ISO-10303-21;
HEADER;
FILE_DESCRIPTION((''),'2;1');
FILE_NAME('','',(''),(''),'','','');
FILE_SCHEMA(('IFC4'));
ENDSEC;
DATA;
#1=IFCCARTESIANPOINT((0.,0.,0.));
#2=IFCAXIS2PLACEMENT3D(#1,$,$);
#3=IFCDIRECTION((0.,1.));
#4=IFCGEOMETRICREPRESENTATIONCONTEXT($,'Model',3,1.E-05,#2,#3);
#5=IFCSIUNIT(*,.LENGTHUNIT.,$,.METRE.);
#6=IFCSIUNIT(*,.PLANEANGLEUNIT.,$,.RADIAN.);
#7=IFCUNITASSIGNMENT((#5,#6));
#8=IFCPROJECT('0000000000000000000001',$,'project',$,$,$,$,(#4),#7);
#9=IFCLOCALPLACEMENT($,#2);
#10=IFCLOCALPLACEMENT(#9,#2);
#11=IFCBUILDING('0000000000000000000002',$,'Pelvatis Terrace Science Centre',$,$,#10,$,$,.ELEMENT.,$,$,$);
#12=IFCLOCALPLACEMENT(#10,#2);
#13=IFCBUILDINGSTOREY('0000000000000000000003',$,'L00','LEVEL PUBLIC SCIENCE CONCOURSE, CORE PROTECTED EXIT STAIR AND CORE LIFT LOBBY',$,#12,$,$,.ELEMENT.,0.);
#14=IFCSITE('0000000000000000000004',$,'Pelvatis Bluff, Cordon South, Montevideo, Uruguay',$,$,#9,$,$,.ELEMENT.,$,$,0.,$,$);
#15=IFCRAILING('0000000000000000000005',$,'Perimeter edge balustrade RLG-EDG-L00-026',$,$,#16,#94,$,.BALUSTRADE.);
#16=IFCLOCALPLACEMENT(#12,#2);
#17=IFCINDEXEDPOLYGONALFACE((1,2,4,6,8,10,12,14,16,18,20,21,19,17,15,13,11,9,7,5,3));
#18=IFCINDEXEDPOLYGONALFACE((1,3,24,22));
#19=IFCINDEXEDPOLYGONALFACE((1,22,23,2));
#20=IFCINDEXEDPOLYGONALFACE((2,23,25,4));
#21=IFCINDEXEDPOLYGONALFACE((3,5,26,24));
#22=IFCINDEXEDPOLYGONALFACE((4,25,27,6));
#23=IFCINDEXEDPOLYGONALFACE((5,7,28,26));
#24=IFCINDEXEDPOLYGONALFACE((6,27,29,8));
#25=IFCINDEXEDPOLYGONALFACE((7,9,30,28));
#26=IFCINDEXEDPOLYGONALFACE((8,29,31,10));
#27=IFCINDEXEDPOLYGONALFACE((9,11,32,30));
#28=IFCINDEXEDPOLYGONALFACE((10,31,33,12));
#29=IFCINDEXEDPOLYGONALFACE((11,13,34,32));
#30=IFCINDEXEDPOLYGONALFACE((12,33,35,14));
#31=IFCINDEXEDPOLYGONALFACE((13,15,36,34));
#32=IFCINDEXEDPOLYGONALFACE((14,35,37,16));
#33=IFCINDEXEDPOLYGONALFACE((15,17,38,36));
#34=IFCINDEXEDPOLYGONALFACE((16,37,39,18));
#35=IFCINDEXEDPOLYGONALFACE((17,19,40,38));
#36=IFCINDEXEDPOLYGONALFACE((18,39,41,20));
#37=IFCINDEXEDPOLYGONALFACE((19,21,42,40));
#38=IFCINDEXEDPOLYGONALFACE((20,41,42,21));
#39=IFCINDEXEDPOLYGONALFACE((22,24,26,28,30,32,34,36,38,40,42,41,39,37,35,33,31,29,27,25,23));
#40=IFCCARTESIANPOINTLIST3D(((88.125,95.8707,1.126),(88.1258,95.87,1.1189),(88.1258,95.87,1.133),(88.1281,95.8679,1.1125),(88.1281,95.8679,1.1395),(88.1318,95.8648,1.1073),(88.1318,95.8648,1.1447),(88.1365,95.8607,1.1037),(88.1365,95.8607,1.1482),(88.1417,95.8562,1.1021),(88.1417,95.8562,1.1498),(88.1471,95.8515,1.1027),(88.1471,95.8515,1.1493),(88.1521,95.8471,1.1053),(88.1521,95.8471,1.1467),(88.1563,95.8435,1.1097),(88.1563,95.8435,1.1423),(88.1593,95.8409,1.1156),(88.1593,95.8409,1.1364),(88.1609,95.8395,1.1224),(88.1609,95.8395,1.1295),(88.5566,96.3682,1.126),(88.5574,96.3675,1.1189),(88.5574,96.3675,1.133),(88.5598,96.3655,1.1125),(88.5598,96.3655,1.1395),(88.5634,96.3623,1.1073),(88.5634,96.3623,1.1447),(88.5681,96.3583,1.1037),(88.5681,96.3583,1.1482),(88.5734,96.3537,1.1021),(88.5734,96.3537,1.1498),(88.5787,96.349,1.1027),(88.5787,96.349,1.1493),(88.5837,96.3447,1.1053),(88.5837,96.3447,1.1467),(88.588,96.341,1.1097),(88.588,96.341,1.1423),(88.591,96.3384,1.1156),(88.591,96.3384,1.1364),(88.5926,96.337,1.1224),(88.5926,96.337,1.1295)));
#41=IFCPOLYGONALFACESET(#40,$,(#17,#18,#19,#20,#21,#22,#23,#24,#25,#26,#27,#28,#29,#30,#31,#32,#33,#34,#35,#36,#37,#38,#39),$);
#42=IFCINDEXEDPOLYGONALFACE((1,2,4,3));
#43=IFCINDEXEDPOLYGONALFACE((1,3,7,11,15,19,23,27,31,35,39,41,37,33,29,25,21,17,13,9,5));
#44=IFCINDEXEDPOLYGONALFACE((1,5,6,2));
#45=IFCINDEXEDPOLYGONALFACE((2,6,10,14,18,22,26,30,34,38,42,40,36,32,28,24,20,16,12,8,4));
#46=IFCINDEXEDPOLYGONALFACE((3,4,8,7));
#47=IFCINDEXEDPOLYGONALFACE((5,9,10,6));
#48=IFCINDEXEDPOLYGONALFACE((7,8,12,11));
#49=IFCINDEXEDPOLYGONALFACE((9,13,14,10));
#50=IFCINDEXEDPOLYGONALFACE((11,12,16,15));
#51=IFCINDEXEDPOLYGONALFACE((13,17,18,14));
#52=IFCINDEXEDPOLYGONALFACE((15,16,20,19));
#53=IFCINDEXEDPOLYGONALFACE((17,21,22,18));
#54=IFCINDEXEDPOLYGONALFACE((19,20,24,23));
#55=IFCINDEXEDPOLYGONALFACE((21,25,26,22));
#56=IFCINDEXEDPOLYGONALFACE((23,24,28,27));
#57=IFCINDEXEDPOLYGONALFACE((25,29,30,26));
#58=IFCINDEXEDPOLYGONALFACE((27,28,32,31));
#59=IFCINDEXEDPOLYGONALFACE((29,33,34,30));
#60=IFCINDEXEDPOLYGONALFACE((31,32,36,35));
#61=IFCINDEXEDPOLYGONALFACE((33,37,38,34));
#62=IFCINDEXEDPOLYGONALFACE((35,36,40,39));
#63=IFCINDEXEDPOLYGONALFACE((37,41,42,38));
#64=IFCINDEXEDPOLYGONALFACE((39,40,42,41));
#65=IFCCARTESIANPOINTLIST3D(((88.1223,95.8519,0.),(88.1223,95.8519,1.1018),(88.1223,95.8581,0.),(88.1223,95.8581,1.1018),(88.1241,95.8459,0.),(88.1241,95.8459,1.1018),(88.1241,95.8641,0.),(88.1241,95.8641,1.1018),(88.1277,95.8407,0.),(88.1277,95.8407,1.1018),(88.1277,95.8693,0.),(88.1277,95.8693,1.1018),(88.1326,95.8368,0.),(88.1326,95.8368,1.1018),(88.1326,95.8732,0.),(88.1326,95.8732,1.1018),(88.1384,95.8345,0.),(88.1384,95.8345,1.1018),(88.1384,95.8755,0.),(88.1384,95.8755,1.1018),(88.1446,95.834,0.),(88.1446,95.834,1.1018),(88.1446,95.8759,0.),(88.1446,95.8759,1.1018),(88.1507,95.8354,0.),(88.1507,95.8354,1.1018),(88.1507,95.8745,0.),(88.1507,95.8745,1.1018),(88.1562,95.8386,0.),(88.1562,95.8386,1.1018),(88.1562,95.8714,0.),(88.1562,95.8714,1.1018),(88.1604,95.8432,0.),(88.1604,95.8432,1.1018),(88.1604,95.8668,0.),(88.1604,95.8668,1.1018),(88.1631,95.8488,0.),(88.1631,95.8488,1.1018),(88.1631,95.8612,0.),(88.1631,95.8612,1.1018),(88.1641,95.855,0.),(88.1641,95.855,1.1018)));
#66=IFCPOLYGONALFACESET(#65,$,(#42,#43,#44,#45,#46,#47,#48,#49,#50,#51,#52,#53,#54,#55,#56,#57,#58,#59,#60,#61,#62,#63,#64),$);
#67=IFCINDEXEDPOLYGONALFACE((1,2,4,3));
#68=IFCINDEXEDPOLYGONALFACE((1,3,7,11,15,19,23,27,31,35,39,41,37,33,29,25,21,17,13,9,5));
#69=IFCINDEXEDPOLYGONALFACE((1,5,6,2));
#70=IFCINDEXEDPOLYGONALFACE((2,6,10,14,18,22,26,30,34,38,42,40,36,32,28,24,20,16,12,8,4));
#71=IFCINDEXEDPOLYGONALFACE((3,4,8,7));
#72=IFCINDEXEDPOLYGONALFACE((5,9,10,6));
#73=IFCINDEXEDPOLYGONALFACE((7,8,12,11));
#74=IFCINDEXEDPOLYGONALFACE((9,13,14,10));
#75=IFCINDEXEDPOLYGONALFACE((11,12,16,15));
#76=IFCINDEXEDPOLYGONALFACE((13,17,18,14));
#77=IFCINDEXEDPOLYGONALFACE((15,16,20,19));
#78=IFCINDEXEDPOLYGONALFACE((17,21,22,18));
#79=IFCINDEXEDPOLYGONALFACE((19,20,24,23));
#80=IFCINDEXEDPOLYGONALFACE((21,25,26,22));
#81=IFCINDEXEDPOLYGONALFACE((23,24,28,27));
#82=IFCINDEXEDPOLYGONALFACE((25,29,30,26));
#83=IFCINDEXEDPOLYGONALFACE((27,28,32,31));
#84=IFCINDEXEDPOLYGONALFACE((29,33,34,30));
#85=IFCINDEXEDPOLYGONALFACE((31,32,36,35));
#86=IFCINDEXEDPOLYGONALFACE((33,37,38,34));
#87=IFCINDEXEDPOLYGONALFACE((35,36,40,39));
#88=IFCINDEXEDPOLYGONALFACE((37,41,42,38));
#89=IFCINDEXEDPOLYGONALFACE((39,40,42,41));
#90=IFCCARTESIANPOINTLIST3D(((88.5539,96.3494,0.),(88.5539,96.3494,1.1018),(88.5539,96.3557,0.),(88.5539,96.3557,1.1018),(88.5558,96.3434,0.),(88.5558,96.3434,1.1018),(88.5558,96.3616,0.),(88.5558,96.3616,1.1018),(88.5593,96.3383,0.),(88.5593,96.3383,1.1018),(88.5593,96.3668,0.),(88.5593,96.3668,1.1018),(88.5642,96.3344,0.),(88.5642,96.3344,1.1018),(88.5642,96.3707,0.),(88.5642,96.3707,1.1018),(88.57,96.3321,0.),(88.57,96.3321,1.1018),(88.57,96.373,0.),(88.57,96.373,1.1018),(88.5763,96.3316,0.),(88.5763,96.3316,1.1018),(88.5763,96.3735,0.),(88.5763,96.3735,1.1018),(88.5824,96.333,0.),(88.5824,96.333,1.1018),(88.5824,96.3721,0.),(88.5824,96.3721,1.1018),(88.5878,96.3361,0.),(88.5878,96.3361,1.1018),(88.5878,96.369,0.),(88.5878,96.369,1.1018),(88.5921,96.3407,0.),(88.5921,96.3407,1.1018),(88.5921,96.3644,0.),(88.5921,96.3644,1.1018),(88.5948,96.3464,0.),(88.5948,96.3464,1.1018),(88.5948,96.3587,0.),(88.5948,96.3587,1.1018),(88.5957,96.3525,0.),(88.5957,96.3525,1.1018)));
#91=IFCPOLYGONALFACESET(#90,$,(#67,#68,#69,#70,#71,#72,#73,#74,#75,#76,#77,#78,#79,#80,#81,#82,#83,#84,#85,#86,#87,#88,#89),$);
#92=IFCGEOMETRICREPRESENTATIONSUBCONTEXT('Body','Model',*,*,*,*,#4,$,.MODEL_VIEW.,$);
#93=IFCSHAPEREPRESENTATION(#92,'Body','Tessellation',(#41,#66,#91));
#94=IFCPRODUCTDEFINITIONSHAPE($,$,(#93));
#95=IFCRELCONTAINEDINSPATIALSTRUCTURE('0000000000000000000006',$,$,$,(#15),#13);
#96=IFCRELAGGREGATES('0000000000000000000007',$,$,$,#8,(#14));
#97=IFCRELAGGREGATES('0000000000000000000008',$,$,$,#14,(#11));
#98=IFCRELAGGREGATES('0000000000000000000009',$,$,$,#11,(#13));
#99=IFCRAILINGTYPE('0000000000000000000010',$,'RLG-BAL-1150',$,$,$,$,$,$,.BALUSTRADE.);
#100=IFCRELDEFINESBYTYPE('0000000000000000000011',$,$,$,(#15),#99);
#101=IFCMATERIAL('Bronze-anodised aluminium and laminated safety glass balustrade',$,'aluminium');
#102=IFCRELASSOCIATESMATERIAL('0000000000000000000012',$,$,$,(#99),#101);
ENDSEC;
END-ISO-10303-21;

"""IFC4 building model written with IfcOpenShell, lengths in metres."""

from ifc_helpers import new_model, si_unit, direction, frame, origin, origin_2d, place, context, subcontext, project, spatial, circle, extrude, material, type_object, element, save


model = new_model("IFC4")

# Units and contexts
model_context = context("Model", 3, precision=1e-05, world=origin(), true_north=direction((0.0, 1.0)))
body_context = subcontext(model_context, "Body", "Model", "MODEL_VIEW")
ifc_project = project(units=[si_unit("LENGTHUNIT", "METRE"), si_unit("PLANEANGLEUNIT", "RADIAN")], contexts=[model_context])

# Site, building, storey
site_placement = place(None, origin())
site = spatial("IfcSite", under=ifc_project, at=site_placement, Name="Pelvatis Bluff, Cordon South, Montevideo, Uruguay", CompositionType="ELEMENT", RefElevation=0.0)
building_placement = place(site_placement, origin())
building = spatial("IfcBuilding", under=site, at=building_placement, Name="Pelvatis Terrace Science Centre", CompositionType="ELEMENT")
storey_placement = place(building_placement, origin())
storey = spatial("IfcBuildingStorey", under=building, at=storey_placement, Name="L00", Description="LEVEL PUBLIC SCIENCE CONCOURSE, CORE PROTECTED EXIT STAIR AND CORE LIFT LOBBY", CompositionType="ELEMENT", Elevation=0.0)

# Railing
ifc_material_1 = material(Name="Bronze-anodised aluminium and laminated safety glass balustrade", Category="aluminium")
railing_type = type_object("IfcRailingType", Name="RLG-BAL-1150", PredefinedType="BALUSTRADE", material=ifc_material_1)
railing_placement = place(storey_placement, frame((88.1431, 95.855, 0.0)))
element("IfcRailing", 1, at=railing_placement, inside=storey, type_object=railing_type, Name="Perimeter edge balustrade RLG-EDG-L00-026", PredefinedType="BALUSTRADE", context=body_context, shape_type="SweptSolid", body=[
    extrude(circle(Radius=0.0239, at=origin_2d()), frame((0.0, 0.0, 1.126), z_axis=(0.655297, 0.755371, 0.0), x_axis=(-0.755371, 0.655297, 0.0)), (0.0, 0.0, 1.0), 0.6587),
    extrude(circle(Radius=0.021, at=origin_2d()), origin(), (0.0, 0.0, 1.0), 1.1018),
    extrude(circle(Radius=0.021, at=origin_2d()), frame((0.4316, 0.4976, 0.0)), (0.0, 0.0, 1.0), 1.1018),
])

save(model, "model.ifc")
